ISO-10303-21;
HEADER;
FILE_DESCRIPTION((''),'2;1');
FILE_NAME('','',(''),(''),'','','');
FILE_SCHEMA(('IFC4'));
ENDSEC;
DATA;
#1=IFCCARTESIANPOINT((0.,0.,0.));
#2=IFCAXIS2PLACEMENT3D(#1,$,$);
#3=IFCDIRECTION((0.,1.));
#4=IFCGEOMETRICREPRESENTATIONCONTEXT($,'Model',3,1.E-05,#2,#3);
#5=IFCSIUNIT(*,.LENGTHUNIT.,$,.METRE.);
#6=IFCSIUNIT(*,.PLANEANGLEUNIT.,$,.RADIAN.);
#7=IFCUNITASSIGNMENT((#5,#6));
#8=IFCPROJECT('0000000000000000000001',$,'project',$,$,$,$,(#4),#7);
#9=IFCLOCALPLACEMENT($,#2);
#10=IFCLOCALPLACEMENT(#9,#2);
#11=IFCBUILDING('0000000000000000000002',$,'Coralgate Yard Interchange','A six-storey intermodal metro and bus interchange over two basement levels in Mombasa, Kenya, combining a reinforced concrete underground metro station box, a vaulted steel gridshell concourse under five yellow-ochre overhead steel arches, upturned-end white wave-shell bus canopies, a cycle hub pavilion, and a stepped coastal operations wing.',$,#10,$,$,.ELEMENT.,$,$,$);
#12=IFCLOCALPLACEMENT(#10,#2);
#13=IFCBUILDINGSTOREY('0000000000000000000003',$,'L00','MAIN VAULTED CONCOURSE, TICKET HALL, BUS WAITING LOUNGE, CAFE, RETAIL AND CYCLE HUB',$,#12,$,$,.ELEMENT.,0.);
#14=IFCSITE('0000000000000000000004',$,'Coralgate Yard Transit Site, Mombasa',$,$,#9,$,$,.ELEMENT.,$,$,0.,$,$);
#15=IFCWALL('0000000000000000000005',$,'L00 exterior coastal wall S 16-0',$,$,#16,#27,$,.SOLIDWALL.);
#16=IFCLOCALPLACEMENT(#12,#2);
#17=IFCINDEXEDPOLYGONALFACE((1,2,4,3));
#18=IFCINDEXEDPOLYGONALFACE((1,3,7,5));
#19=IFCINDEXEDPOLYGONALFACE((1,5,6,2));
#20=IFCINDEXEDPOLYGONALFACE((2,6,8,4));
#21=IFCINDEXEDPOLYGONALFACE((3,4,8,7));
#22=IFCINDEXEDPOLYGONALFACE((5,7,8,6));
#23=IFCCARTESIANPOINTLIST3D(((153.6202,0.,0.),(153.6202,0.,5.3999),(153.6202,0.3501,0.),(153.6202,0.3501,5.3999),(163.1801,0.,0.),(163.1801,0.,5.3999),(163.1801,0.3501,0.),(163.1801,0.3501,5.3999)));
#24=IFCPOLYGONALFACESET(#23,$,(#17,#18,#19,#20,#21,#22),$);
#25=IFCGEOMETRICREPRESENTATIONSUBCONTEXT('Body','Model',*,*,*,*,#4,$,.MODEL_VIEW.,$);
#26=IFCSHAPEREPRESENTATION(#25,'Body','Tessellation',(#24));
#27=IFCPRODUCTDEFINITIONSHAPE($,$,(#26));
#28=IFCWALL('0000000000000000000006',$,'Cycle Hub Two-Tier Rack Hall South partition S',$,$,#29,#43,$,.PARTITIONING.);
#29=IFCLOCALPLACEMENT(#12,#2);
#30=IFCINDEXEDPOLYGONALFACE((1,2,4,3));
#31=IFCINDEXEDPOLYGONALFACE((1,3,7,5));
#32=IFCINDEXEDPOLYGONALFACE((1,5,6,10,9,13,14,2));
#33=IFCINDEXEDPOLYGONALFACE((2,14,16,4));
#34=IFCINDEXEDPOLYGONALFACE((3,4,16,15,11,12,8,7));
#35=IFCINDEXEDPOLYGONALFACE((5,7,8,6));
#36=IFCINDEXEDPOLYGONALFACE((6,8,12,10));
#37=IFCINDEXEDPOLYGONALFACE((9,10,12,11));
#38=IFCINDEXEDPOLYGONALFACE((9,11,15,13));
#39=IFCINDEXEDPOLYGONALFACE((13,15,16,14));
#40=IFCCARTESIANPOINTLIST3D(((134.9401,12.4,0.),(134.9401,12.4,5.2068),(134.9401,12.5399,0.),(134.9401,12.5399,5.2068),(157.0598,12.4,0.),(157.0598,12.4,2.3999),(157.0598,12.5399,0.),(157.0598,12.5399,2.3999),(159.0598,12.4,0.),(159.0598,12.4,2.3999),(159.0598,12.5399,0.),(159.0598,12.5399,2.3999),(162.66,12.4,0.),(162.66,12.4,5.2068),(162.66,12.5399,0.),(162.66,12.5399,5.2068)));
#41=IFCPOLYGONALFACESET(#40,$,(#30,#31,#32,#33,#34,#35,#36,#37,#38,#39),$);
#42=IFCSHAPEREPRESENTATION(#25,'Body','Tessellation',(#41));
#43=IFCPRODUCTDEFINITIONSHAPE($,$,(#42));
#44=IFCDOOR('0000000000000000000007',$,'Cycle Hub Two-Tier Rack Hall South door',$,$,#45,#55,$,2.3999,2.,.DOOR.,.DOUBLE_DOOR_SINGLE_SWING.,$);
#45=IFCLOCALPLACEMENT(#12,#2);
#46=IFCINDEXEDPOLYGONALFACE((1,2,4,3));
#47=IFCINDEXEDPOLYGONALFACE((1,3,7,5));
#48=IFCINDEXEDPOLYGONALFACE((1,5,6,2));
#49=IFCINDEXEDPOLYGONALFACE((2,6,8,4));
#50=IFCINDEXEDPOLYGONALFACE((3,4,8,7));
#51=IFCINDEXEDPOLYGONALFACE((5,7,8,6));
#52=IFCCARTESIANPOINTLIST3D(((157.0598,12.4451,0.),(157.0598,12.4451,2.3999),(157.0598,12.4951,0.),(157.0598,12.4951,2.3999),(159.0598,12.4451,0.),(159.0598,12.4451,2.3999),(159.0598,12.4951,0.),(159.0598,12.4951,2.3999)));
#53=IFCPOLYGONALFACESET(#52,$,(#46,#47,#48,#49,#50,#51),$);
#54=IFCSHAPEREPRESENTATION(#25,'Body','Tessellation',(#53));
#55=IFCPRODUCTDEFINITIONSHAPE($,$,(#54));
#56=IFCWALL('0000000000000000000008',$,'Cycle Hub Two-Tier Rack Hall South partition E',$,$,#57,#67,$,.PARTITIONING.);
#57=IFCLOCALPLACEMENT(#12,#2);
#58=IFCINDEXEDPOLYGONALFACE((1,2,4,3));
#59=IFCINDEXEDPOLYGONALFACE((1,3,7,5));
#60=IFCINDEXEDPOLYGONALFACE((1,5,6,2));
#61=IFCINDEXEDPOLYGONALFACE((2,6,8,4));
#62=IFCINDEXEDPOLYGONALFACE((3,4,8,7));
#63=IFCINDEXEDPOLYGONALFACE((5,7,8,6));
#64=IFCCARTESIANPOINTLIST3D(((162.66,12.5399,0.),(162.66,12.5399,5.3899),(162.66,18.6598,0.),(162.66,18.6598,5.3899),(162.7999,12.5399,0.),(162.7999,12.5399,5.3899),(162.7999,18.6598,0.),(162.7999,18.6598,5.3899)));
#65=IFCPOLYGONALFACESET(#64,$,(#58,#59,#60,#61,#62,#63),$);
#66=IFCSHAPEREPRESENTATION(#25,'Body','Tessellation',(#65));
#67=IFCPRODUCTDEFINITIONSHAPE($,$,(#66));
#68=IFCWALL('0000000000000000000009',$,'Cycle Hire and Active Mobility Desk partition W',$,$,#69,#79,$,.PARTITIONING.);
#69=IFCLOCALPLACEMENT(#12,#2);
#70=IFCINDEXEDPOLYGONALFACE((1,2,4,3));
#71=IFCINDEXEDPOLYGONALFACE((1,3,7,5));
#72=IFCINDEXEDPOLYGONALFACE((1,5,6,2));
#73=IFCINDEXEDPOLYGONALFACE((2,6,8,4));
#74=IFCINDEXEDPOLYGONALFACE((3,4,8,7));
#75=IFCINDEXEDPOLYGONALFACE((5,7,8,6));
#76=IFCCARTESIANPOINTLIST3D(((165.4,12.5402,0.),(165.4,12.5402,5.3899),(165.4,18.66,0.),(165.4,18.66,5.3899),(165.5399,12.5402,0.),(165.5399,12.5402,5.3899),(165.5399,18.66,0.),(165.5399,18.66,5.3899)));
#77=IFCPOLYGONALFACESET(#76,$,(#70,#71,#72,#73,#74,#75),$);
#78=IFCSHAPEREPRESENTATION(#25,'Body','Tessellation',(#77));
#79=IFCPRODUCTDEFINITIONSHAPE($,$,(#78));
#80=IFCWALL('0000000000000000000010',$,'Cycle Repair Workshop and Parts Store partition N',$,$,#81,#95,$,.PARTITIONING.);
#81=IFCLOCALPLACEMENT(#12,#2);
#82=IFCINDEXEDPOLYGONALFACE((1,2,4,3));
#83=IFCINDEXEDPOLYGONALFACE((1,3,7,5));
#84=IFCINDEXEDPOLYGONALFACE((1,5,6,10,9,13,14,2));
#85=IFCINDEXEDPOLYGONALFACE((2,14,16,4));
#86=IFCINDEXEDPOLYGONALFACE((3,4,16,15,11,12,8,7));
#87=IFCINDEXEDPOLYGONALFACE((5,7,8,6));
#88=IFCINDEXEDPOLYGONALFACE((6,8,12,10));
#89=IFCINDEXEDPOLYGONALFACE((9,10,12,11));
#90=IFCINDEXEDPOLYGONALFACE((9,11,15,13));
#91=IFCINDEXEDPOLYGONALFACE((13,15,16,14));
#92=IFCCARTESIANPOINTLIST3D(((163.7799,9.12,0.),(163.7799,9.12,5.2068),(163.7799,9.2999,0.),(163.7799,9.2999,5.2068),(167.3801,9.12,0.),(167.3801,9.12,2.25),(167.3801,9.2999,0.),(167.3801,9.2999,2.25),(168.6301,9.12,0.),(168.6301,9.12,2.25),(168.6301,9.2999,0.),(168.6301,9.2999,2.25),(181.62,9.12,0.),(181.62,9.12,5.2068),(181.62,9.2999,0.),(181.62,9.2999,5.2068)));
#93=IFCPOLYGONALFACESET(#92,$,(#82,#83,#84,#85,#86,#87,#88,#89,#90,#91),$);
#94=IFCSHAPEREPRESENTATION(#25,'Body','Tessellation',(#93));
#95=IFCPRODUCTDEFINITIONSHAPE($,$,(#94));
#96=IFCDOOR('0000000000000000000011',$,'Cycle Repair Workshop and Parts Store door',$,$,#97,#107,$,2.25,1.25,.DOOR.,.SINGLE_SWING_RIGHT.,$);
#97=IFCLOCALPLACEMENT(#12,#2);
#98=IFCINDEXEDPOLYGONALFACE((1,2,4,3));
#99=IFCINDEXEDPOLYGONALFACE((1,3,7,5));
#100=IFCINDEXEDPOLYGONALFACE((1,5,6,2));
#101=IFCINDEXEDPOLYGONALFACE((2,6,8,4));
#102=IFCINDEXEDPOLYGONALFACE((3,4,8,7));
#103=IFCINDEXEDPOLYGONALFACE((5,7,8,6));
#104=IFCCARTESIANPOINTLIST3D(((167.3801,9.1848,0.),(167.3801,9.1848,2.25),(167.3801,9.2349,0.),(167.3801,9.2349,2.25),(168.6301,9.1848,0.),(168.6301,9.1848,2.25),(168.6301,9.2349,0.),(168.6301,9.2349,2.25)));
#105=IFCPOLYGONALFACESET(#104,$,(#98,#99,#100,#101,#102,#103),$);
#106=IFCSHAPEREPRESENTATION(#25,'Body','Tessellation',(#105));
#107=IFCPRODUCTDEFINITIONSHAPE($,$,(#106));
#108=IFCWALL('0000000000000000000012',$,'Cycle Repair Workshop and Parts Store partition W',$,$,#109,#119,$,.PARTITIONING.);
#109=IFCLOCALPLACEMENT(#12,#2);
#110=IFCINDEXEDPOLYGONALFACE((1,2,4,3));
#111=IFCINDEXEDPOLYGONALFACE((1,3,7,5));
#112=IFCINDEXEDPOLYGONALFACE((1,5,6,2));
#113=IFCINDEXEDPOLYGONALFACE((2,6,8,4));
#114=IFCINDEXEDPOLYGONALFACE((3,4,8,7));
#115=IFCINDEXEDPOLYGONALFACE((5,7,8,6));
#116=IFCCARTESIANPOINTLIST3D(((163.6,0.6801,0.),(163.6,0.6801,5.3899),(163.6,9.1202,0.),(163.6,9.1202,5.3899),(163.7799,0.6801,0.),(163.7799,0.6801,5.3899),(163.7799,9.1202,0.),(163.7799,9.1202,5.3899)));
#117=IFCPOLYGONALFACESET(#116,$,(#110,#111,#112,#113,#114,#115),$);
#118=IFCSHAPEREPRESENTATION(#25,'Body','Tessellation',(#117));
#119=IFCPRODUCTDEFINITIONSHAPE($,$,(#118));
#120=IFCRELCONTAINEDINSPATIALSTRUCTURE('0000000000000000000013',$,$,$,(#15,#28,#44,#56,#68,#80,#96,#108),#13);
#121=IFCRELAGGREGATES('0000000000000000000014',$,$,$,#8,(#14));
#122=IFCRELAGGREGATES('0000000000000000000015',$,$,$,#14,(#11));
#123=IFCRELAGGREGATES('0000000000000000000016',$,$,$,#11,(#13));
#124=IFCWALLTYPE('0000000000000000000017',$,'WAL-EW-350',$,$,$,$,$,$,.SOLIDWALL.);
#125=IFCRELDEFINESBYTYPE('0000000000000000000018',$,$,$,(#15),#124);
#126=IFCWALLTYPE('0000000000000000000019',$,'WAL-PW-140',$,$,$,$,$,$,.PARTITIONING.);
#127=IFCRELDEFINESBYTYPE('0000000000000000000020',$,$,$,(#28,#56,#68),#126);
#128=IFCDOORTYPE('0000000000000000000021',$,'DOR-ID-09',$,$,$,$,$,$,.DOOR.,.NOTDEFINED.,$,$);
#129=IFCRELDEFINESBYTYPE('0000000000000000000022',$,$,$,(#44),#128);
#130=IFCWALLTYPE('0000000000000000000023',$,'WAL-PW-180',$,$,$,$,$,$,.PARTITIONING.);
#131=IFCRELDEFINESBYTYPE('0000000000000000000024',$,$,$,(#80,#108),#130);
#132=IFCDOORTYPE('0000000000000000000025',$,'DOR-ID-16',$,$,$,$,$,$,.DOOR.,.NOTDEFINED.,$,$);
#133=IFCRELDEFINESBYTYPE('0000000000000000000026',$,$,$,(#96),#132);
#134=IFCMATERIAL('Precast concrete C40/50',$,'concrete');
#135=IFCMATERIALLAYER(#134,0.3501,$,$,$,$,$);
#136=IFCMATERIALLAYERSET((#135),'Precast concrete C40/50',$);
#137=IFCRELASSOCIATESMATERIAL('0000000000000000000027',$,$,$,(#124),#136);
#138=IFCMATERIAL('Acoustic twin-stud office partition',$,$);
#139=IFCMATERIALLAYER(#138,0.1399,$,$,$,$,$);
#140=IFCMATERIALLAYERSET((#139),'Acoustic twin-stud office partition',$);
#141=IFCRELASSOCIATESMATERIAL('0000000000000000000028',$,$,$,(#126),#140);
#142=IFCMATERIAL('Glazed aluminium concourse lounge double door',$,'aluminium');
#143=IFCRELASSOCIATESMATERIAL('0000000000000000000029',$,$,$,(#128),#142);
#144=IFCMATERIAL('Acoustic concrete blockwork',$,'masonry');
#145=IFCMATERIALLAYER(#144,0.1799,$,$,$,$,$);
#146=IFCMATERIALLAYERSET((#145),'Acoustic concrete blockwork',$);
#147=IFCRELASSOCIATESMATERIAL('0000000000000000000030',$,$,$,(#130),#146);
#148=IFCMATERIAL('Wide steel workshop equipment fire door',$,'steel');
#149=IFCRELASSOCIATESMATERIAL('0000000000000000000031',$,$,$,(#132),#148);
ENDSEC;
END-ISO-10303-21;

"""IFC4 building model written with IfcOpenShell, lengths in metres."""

from ifc_helpers import new_model, si_unit, direction, frame, frame_2d, origin, place, context, subcontext, project, spatial, rectangle, extrude, material, layer, layer_set, type_object, element, fill, save


model = new_model("IFC4")

# Units and contexts
model_context = context("Model", 3, precision=1e-05, world=origin(), true_north=direction((0.0, 1.0)))
body_context = subcontext(model_context, "Body", "Model", "MODEL_VIEW")
ifc_project = project(units=[si_unit("LENGTHUNIT", "METRE"), si_unit("PLANEANGLEUNIT", "RADIAN")], contexts=[model_context])

# Site, building, storey
site_placement = place(None, origin())
site = spatial("IfcSite", under=ifc_project, at=site_placement, Name="Coralgate Yard Transit Site, Mombasa", CompositionType="ELEMENT", RefElevation=0.0)
building_placement = place(site_placement, origin())
building = spatial("IfcBuilding", under=site, at=building_placement, Name="Coralgate Yard Interchange", Description="A six-storey intermodal metro and bus interchange over two basement levels in Mombasa, Kenya, combining a reinforced concrete underground metro station box, a vaulted steel gridshell concourse under five yellow-ochre overhead steel arches, upturned-end white wave-shell bus canopies, a cycle hub pavilion, and a stepped coastal operations wing.", CompositionType="ELEMENT")
storey_placement = place(building_placement, origin())
storey = spatial("IfcBuildingStorey", under=building, at=storey_placement, Name="L00", Description="MAIN VAULTED CONCOURSE, TICKET HALL, BUS WAITING LOUNGE, CAFE, RETAIL AND CYCLE HUB", CompositionType="ELEMENT", Elevation=0.0)

# Wall
ifc_material_1 = material(Name="Precast concrete C40/50", Category="concrete")
ifc_layer_1 = layer(ifc_material_1, 0.3501)
ifc_layer_set_1 = layer_set([ifc_layer_1], Name="Precast concrete C40/50")
wall_type_1 = type_object("IfcWallType", Name="WAL-EW-350", PredefinedType="SOLIDWALL", material=ifc_layer_set_1)
wall_1_placement = place(storey_placement, frame((163.1799, 0.175, 0.0), z_axis=(0.0, 0.0, 1.0), x_axis=(-1.0, 0.0, 0.0)))
element("IfcWall", 1, at=wall_1_placement, inside=storey, type_object=wall_type_1, Name="L00 exterior coastal wall S 16-0", PredefinedType="SOLIDWALL", context=body_context, shape_type="SweptSolid", body=[
    extrude(rectangle(XDim=9.5598, YDim=0.3501, at=frame_2d((4.7798, 0.0))), origin(), (0.0, 0.0, 1.0), 5.3999),
])

# Wall, opening, door
ifc_material_2 = material(Name="Acoustic twin-stud office partition")
ifc_layer_2 = layer(ifc_material_2, 0.1399)
ifc_layer_set_2 = layer_set([ifc_layer_2], Name="Acoustic twin-stud office partition")
wall_type_2 = type_object("IfcWallType", Name="WAL-PW-140", PredefinedType="PARTITIONING", material=ifc_layer_set_2)
wall_2_placement = place(storey_placement, frame((162.6599, 12.47, 0.0), z_axis=(0.0, 0.0, 1.0), x_axis=(-1.0, 0.0, 0.0)))
wall_2 = element("IfcWall", 2, at=wall_2_placement, inside=storey, type_object=wall_type_2, Name="Cycle Hub Two-Tier Rack Hall South partition S", PredefinedType="PARTITIONING", context=body_context, shape_type="SweptSolid", body=[
    extrude(rectangle(XDim=27.72, YDim=0.1399, at=frame_2d((13.8599, 0.0))), origin(), (0.0, 0.0, 1.0), 5.2068),
])
opening_1_placement = place(wall_2_placement, frame((3.6001, 0.0, 0.0)))
opening_1 = element("IfcOpeningElement", 3, at=opening_1_placement, cuts=wall_2, PredefinedType="OPENING", context=body_context, shape_type="SweptSolid", body=[
    extrude(rectangle(XDim=2.0, YDim=2.3999, at=frame_2d((1.0, 1.2))), frame((0.0, 0.0798, 0.0), z_axis=(0.0, -1.0, 0.0), x_axis=(1.0, 0.0, 0.0)), (0.0, 0.0, 1.0), 0.1599),
])
ifc_material_3 = material(Name="Glazed aluminium concourse lounge double door", Category="aluminium")
door_type_1 = type_object("IfcDoorType", Name="DOR-ID-09", OperationType="NOTDEFINED", PredefinedType="DOOR", material=ifc_material_3)
door_1_placement = place(opening_1_placement, origin())
door_1 = element("IfcDoor", 4, at=door_1_placement, inside=storey, type_object=door_type_1, Name="Cycle Hub Two-Tier Rack Hall South door", OperationType="DOUBLE_DOOR_SINGLE_SWING", OverallHeight=2.3999, OverallWidth=2.0, PredefinedType="DOOR", context=body_context, shape_type="SweptSolid", body=[
    extrude(rectangle(XDim=2.0, YDim=2.3999, at=frame_2d((1.0, 1.2))), frame((0.0, 0.0249, 0.0), z_axis=(0.0, -1.0, 0.0), x_axis=(1.0, 0.0, 0.0)), (0.0, 0.0, 1.0), 0.05),
])
fill(opening_1, door_1)

# Walls
wall_3_placement = place(storey_placement, frame((162.73, 18.6599, 0.0), z_axis=(0.0, 0.0, 1.0), x_axis=(0.0, -1.0, 0.0)))
element("IfcWall", 5, at=wall_3_placement, inside=storey, type_object=wall_type_2, Name="Cycle Hub Two-Tier Rack Hall South partition E", PredefinedType="PARTITIONING", context=body_context, shape_type="SweptSolid", body=[
    extrude(rectangle(XDim=6.1199, YDim=0.1399, at=frame_2d((3.0601, 0.0))), origin(), (0.0, 0.0, 1.0), 5.3899),
])
wall_4_placement = place(storey_placement, frame((165.47, 12.54, 0.0), z_axis=(0.0, 0.0, 1.0), x_axis=(0.0, 1.0, 0.0)))
element("IfcWall", 6, at=wall_4_placement, inside=storey, type_object=wall_type_2, Name="Cycle Hire and Active Mobility Desk partition W", PredefinedType="PARTITIONING", context=body_context, shape_type="SweptSolid", body=[
    extrude(rectangle(XDim=6.1199, YDim=0.1399, at=frame_2d((3.0601, 0.0))), origin(), (0.0, 0.0, 1.0), 5.3899),
])

# Wall, opening, door
ifc_material_4 = material(Name="Acoustic concrete blockwork", Category="masonry")
ifc_layer_3 = layer(ifc_material_4, 0.1799)
ifc_layer_set_3 = layer_set([ifc_layer_3], Name="Acoustic concrete blockwork")
wall_type_3 = type_object("IfcWallType", Name="WAL-PW-180", PredefinedType="PARTITIONING", material=ifc_layer_set_3)
wall_5_placement = place(storey_placement, frame((163.78, 9.21, 0.0), z_axis=(0.0, 0.0, 1.0), x_axis=(1.0, 0.0, 0.0)))
wall_5 = element("IfcWall", 7, at=wall_5_placement, inside=storey, type_object=wall_type_3, Name="Cycle Repair Workshop and Parts Store partition N", PredefinedType="PARTITIONING", context=body_context, shape_type="SweptSolid", body=[
    extrude(rectangle(XDim=17.8401, YDim=0.1799, at=frame_2d((8.9199, 0.0))), origin(), (0.0, 0.0, 1.0), 5.2068),
])
opening_2_placement = place(wall_5_placement, frame((3.6001, 0.0, 0.0)))
opening_2 = element("IfcOpeningElement", 8, at=opening_2_placement, cuts=wall_5, PredefinedType="OPENING", context=body_context, shape_type="SweptSolid", body=[
    extrude(rectangle(XDim=1.25, YDim=2.25, at=frame_2d((0.625, 1.125))), frame((0.0, 0.0999, 0.0), z_axis=(0.0, -1.0, 0.0), x_axis=(1.0, 0.0, 0.0)), (0.0, 0.0, 1.0), 0.2),
])
ifc_material_5 = material(Name="Wide steel workshop equipment fire door", Category="steel")
door_type_2 = type_object("IfcDoorType", Name="DOR-ID-16", OperationType="NOTDEFINED", PredefinedType="DOOR", material=ifc_material_5)
door_2_placement = place(opening_2_placement, origin())
door_2 = element("IfcDoor", 9, at=door_2_placement, inside=storey, type_object=door_type_2, Name="Cycle Repair Workshop and Parts Store door", OperationType="SINGLE_SWING_RIGHT", OverallHeight=2.25, OverallWidth=1.25, PredefinedType="DOOR", context=body_context, shape_type="SweptSolid", body=[
    extrude(rectangle(XDim=1.25, YDim=2.25, at=frame_2d((0.625, 1.125))), frame((0.0, 0.0249, 0.0), z_axis=(0.0, -1.0, 0.0), x_axis=(1.0, 0.0, 0.0)), (0.0, 0.0, 1.0), 0.05),
])
fill(opening_2, door_2)

# Wall
wall_6_placement = place(storey_placement, frame((163.6899, 0.6799, 0.0), z_axis=(0.0, 0.0, 1.0), x_axis=(0.0, 1.0, 0.0)))
element("IfcWall", 10, at=wall_6_placement, inside=storey, type_object=wall_type_3, Name="Cycle Repair Workshop and Parts Store partition W", PredefinedType="PARTITIONING", context=body_context, shape_type="SweptSolid", body=[
    extrude(rectangle(XDim=8.4402, YDim=0.1799, at=frame_2d((4.2202, 0.0))), origin(), (0.0, 0.0, 1.0), 5.3899),
])

save(model, "model.ifc")
